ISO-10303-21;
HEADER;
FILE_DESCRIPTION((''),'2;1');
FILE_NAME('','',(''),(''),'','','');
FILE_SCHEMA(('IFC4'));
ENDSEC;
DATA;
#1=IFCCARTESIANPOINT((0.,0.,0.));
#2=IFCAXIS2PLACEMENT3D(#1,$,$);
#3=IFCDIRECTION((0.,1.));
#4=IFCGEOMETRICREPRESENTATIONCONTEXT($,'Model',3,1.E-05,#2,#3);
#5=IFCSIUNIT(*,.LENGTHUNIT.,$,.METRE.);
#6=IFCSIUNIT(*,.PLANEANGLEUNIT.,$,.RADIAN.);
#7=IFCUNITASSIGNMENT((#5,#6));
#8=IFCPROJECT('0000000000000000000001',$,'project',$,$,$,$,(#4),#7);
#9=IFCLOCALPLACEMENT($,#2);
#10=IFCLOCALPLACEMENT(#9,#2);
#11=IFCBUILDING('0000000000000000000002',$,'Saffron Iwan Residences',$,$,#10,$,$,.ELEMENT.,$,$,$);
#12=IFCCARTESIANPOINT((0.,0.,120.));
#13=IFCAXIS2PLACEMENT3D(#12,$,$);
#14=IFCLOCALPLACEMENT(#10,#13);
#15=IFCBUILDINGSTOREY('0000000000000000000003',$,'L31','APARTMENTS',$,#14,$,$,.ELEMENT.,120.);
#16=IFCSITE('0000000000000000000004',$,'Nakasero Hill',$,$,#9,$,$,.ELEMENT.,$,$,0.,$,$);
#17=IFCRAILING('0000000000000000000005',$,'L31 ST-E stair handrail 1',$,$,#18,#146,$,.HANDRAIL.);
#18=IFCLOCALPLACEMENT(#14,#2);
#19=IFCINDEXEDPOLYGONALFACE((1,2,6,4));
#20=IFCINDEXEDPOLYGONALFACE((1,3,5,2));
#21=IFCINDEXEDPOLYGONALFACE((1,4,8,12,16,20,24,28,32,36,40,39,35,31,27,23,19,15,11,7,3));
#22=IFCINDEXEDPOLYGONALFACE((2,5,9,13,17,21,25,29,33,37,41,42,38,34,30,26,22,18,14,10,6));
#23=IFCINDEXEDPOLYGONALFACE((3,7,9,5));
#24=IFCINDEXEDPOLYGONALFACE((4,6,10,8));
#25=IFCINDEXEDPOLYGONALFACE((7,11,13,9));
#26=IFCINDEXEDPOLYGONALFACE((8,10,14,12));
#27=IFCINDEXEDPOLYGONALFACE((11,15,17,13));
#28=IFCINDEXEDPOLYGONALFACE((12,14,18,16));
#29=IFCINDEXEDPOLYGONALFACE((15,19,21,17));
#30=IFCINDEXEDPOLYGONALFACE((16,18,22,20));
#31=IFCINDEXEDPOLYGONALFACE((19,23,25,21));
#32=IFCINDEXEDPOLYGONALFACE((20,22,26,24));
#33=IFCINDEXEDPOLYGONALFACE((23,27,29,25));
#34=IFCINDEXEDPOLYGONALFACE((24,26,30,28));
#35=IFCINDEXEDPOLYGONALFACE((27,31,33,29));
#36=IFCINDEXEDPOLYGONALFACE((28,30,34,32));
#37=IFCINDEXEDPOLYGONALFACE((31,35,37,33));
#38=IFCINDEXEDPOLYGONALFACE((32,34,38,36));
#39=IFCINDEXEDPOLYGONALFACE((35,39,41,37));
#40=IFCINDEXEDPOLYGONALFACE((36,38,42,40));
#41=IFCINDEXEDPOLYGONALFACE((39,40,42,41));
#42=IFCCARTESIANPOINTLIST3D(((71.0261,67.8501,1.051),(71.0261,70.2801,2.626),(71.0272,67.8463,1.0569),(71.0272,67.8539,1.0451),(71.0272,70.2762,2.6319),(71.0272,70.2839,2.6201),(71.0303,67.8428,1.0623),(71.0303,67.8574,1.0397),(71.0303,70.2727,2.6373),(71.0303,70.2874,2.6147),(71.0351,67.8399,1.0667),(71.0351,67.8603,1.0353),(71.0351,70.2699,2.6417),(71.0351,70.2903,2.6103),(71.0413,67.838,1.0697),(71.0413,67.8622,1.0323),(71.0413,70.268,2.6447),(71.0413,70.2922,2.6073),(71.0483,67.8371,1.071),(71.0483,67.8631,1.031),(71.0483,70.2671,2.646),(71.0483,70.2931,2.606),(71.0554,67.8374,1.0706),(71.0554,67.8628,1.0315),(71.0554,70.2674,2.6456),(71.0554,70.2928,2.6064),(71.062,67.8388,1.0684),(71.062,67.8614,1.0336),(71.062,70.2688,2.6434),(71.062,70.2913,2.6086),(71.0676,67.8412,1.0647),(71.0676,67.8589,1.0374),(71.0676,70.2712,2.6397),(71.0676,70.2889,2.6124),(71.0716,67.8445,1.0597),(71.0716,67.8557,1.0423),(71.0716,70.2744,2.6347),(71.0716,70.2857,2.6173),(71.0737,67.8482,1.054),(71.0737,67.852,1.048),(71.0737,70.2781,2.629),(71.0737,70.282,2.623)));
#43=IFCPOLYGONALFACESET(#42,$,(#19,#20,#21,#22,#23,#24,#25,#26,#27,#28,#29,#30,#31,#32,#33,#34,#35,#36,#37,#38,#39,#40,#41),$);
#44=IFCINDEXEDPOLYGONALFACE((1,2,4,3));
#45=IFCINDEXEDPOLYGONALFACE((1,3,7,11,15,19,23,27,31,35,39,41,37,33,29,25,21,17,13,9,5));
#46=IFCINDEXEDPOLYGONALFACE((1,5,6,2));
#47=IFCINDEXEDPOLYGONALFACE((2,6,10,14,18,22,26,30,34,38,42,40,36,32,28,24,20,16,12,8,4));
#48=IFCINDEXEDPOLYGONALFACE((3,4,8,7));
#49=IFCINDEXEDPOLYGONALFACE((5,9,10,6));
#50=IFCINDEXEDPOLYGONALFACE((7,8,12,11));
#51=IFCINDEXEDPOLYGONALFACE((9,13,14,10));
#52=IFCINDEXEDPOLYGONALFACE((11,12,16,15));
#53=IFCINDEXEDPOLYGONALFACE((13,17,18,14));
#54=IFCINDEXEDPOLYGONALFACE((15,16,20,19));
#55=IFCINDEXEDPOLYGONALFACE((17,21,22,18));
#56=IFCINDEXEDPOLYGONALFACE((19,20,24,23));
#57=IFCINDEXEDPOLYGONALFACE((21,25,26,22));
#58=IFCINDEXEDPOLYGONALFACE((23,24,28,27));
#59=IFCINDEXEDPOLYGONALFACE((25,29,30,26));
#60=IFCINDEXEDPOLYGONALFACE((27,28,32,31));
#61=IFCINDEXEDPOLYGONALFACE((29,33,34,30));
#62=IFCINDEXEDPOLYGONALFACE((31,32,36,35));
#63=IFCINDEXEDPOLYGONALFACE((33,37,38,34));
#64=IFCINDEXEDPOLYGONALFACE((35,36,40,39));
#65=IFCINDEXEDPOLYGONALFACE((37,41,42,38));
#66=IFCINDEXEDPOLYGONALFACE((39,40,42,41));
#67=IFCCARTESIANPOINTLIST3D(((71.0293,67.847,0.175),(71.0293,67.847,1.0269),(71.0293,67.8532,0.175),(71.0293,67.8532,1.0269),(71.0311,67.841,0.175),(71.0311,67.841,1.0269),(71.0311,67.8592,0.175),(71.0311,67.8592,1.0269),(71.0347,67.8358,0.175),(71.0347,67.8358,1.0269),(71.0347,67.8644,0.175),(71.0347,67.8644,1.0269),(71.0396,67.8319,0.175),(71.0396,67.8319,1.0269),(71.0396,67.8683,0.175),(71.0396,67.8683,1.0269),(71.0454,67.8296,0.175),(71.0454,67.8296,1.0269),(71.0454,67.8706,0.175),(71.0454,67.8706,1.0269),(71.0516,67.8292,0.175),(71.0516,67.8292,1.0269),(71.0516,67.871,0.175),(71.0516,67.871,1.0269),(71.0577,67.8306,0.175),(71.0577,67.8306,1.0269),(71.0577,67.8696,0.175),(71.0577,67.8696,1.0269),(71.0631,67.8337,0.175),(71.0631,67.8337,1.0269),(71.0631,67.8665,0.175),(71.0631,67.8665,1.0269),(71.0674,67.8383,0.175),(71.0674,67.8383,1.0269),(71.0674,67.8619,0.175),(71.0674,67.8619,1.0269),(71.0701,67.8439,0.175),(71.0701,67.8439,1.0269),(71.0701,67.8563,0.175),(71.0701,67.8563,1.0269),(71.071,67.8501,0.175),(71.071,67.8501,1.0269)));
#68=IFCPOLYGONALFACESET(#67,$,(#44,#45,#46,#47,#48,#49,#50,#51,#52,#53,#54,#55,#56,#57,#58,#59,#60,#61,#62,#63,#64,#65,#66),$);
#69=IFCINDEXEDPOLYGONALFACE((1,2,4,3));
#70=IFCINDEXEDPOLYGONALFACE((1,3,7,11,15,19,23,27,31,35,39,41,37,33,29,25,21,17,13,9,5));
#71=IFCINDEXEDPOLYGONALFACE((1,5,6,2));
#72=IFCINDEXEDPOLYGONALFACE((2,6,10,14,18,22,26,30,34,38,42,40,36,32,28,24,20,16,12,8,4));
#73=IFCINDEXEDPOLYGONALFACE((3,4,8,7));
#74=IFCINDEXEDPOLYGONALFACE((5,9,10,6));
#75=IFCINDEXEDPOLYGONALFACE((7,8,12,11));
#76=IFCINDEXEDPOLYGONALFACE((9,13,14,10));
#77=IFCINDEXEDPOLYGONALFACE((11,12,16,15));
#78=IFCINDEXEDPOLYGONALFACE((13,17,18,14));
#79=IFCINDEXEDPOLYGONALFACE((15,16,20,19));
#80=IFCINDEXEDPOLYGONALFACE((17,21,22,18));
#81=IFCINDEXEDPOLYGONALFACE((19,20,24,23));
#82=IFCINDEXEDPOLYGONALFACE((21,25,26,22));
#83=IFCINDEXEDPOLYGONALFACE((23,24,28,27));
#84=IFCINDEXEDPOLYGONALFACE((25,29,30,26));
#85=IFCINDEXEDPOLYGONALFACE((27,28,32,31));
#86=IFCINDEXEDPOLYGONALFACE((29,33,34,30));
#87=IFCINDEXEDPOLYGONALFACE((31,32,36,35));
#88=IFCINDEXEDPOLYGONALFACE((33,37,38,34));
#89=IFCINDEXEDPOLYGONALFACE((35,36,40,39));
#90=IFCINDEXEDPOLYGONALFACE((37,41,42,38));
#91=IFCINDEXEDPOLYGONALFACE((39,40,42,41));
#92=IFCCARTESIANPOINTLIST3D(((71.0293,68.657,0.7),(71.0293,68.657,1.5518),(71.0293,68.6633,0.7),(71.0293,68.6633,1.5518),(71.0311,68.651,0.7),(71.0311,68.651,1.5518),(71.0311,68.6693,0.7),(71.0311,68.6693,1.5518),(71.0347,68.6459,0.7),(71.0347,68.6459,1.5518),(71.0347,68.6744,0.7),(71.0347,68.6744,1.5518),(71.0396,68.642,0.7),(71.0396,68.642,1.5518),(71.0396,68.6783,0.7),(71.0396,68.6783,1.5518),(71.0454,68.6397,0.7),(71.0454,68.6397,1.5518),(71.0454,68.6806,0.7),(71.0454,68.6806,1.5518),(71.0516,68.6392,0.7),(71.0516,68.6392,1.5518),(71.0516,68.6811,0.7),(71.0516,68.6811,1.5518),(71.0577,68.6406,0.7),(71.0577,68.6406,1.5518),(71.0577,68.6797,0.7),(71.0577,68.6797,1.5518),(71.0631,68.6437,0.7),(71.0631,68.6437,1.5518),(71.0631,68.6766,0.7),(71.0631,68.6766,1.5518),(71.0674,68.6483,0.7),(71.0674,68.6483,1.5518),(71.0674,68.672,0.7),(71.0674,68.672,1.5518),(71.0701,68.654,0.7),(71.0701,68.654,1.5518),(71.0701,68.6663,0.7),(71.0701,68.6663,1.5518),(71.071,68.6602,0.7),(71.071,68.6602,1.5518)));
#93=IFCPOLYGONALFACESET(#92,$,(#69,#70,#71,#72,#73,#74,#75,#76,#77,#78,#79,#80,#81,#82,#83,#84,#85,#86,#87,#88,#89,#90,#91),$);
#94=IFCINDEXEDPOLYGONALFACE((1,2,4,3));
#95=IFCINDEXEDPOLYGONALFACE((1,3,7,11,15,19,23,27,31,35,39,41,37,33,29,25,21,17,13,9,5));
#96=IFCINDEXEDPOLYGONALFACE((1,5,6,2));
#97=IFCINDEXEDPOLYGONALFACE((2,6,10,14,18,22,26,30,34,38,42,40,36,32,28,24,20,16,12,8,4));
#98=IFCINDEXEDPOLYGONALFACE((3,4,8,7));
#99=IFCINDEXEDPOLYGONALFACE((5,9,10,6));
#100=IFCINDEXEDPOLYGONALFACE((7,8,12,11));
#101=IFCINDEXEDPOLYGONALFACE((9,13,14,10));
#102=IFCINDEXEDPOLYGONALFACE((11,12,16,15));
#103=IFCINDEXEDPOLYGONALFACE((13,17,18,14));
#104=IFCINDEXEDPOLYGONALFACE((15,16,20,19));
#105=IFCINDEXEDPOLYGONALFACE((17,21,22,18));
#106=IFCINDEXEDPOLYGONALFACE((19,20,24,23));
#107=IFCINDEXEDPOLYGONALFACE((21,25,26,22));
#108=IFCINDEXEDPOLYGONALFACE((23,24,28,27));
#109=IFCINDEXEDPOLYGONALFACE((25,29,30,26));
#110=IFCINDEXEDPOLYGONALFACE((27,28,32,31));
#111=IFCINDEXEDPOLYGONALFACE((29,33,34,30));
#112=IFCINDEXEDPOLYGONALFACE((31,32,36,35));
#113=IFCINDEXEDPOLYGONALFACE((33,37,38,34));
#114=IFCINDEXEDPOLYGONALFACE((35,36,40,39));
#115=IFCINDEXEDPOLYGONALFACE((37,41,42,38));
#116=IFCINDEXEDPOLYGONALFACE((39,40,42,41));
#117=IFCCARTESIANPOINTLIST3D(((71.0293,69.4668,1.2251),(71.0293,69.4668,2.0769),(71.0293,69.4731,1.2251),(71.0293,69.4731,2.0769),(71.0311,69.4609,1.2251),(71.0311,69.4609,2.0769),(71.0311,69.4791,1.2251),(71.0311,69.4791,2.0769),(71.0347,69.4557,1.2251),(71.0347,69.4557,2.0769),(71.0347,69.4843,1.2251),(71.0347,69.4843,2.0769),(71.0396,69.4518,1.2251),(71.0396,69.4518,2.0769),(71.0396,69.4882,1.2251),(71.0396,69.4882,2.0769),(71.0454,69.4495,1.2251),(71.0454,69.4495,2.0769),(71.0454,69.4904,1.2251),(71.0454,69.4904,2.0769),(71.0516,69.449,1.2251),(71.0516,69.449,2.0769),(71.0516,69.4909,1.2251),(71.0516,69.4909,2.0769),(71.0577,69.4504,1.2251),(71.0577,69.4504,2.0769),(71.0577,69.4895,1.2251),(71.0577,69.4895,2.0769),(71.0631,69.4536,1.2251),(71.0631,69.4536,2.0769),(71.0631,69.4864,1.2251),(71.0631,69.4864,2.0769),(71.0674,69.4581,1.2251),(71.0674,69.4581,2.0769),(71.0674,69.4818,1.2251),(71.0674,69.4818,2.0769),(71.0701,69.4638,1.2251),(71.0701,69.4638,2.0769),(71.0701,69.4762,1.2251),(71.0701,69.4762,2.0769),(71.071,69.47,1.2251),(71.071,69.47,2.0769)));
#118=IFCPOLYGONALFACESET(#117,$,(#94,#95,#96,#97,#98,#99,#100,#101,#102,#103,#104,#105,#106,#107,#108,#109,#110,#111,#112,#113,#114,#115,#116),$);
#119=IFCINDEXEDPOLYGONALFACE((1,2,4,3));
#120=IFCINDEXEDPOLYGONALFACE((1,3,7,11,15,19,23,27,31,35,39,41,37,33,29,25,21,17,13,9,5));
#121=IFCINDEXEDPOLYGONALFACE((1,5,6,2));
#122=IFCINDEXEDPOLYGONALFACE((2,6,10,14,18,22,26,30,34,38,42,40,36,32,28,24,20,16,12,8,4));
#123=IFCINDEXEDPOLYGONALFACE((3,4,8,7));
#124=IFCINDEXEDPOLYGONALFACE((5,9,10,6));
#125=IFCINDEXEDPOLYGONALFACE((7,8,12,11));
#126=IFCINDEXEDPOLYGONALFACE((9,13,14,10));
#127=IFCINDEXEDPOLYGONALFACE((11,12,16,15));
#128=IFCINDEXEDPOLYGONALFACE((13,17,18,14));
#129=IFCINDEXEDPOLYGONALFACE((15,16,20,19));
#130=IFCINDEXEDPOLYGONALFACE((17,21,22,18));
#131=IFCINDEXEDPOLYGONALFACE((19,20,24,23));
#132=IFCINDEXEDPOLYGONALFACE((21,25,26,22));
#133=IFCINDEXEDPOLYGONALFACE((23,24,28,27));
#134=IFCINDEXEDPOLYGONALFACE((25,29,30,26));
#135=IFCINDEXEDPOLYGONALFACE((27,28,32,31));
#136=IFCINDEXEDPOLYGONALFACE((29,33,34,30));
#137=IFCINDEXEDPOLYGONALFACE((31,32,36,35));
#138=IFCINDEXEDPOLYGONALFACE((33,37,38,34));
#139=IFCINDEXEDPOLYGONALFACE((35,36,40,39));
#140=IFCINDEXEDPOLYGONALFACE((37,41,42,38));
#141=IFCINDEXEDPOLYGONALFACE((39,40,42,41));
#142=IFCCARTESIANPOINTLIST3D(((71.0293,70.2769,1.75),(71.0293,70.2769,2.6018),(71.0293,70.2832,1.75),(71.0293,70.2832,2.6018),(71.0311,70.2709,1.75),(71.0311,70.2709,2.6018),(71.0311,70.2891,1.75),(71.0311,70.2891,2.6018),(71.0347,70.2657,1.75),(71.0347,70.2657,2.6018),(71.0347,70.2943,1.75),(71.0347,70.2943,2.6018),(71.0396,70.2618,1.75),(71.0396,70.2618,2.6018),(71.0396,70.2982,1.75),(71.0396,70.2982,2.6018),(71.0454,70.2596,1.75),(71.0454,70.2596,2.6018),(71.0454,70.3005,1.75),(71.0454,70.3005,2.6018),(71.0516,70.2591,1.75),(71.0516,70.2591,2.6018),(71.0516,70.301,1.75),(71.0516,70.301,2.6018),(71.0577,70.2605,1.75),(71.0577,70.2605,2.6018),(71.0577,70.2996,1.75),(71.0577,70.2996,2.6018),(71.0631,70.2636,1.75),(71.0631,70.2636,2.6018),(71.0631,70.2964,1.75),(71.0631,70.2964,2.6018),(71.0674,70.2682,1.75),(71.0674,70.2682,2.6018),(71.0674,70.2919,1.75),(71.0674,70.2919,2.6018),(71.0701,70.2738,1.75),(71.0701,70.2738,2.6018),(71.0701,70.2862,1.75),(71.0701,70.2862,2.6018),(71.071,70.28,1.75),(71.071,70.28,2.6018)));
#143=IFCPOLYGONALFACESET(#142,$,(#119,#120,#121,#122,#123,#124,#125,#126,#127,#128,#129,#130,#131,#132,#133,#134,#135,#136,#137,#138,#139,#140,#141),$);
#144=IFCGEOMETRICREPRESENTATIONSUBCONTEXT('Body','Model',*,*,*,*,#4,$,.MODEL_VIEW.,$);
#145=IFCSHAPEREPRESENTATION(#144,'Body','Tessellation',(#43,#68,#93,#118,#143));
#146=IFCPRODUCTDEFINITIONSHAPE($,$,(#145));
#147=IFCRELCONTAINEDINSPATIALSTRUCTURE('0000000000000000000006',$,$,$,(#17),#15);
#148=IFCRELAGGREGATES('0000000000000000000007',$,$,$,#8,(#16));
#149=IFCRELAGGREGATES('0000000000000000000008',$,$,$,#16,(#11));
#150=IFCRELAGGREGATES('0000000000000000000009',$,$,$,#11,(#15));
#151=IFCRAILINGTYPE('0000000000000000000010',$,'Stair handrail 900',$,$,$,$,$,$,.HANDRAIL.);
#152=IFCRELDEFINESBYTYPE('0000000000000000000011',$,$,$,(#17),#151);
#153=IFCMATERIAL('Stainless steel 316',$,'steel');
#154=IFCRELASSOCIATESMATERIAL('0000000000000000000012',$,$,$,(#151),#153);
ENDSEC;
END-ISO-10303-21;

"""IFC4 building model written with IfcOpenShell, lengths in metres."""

from ifc_helpers import new_model, si_unit, direction, frame, origin, origin_2d, place, context, subcontext, project, spatial, circle, extrude, material, type_object, element, save


model = new_model("IFC4")

# Units and contexts
model_context = context("Model", 3, precision=1e-05, world=origin(), true_north=direction((0.0, 1.0)))
body_context = subcontext(model_context, "Body", "Model", "MODEL_VIEW")
ifc_project = project(units=[si_unit("LENGTHUNIT", "METRE"), si_unit("PLANEANGLEUNIT", "RADIAN")], contexts=[model_context])

# Site, building, storey
site_placement = place(None, origin())
site = spatial("IfcSite", under=ifc_project, at=site_placement, Name="Nakasero Hill", CompositionType="ELEMENT", RefElevation=0.0)
building_placement = place(site_placement, origin())
building = spatial("IfcBuilding", under=site, at=building_placement, Name="Saffron Iwan Residences", CompositionType="ELEMENT")
storey_placement = place(building_placement, frame((0.0, 0.0, 120.0)))
storey = spatial("IfcBuildingStorey", under=building, at=storey_placement, Name="L31", Description="APARTMENTS", CompositionType="ELEMENT", Elevation=120.0)

# Railing
ifc_material_1 = material(Name="Stainless steel 316", Category="steel")
railing_type_1 = type_object("IfcRailingType", Name="Stair handrail 900", PredefinedType="HANDRAIL", material=ifc_material_1)
railing_1_placement = place(storey_placement, frame((71.05, 67.8501, 0.175)))
element("IfcRailing", 1, at=railing_1_placement, inside=storey, type_object=railing_type_1, Name="L31 ST-E stair handrail 1", PredefinedType="HANDRAIL", context=body_context, shape_type="SweptSolid", body=[
    extrude(circle(Radius=0.0239, at=origin_2d()), frame((0.0, 0.0, 0.876), z_axis=(0.0, 0.839154, 0.543894), x_axis=(-1.0, 0.0, 0.0)), (0.0, 0.0, 1.0), 2.8958),
    extrude(circle(Radius=0.021, at=origin_2d()), origin(), (0.0, 0.0, 1.0), 0.8518),
    extrude(circle(Radius=0.021, at=origin_2d()), frame((0.0, 0.8101, 0.5249)), (0.0, 0.0, 1.0), 0.8518),
    extrude(circle(Radius=0.021, at=origin_2d()), frame((0.0, 1.6199, 1.05)), (0.0, 0.0, 1.0), 0.8518),
    extrude(circle(Radius=0.021, at=origin_2d()), frame((0.0, 2.4299, 1.575)), (0.0, 0.0, 1.0), 0.8518),
])

save(model, "model.ifc")
